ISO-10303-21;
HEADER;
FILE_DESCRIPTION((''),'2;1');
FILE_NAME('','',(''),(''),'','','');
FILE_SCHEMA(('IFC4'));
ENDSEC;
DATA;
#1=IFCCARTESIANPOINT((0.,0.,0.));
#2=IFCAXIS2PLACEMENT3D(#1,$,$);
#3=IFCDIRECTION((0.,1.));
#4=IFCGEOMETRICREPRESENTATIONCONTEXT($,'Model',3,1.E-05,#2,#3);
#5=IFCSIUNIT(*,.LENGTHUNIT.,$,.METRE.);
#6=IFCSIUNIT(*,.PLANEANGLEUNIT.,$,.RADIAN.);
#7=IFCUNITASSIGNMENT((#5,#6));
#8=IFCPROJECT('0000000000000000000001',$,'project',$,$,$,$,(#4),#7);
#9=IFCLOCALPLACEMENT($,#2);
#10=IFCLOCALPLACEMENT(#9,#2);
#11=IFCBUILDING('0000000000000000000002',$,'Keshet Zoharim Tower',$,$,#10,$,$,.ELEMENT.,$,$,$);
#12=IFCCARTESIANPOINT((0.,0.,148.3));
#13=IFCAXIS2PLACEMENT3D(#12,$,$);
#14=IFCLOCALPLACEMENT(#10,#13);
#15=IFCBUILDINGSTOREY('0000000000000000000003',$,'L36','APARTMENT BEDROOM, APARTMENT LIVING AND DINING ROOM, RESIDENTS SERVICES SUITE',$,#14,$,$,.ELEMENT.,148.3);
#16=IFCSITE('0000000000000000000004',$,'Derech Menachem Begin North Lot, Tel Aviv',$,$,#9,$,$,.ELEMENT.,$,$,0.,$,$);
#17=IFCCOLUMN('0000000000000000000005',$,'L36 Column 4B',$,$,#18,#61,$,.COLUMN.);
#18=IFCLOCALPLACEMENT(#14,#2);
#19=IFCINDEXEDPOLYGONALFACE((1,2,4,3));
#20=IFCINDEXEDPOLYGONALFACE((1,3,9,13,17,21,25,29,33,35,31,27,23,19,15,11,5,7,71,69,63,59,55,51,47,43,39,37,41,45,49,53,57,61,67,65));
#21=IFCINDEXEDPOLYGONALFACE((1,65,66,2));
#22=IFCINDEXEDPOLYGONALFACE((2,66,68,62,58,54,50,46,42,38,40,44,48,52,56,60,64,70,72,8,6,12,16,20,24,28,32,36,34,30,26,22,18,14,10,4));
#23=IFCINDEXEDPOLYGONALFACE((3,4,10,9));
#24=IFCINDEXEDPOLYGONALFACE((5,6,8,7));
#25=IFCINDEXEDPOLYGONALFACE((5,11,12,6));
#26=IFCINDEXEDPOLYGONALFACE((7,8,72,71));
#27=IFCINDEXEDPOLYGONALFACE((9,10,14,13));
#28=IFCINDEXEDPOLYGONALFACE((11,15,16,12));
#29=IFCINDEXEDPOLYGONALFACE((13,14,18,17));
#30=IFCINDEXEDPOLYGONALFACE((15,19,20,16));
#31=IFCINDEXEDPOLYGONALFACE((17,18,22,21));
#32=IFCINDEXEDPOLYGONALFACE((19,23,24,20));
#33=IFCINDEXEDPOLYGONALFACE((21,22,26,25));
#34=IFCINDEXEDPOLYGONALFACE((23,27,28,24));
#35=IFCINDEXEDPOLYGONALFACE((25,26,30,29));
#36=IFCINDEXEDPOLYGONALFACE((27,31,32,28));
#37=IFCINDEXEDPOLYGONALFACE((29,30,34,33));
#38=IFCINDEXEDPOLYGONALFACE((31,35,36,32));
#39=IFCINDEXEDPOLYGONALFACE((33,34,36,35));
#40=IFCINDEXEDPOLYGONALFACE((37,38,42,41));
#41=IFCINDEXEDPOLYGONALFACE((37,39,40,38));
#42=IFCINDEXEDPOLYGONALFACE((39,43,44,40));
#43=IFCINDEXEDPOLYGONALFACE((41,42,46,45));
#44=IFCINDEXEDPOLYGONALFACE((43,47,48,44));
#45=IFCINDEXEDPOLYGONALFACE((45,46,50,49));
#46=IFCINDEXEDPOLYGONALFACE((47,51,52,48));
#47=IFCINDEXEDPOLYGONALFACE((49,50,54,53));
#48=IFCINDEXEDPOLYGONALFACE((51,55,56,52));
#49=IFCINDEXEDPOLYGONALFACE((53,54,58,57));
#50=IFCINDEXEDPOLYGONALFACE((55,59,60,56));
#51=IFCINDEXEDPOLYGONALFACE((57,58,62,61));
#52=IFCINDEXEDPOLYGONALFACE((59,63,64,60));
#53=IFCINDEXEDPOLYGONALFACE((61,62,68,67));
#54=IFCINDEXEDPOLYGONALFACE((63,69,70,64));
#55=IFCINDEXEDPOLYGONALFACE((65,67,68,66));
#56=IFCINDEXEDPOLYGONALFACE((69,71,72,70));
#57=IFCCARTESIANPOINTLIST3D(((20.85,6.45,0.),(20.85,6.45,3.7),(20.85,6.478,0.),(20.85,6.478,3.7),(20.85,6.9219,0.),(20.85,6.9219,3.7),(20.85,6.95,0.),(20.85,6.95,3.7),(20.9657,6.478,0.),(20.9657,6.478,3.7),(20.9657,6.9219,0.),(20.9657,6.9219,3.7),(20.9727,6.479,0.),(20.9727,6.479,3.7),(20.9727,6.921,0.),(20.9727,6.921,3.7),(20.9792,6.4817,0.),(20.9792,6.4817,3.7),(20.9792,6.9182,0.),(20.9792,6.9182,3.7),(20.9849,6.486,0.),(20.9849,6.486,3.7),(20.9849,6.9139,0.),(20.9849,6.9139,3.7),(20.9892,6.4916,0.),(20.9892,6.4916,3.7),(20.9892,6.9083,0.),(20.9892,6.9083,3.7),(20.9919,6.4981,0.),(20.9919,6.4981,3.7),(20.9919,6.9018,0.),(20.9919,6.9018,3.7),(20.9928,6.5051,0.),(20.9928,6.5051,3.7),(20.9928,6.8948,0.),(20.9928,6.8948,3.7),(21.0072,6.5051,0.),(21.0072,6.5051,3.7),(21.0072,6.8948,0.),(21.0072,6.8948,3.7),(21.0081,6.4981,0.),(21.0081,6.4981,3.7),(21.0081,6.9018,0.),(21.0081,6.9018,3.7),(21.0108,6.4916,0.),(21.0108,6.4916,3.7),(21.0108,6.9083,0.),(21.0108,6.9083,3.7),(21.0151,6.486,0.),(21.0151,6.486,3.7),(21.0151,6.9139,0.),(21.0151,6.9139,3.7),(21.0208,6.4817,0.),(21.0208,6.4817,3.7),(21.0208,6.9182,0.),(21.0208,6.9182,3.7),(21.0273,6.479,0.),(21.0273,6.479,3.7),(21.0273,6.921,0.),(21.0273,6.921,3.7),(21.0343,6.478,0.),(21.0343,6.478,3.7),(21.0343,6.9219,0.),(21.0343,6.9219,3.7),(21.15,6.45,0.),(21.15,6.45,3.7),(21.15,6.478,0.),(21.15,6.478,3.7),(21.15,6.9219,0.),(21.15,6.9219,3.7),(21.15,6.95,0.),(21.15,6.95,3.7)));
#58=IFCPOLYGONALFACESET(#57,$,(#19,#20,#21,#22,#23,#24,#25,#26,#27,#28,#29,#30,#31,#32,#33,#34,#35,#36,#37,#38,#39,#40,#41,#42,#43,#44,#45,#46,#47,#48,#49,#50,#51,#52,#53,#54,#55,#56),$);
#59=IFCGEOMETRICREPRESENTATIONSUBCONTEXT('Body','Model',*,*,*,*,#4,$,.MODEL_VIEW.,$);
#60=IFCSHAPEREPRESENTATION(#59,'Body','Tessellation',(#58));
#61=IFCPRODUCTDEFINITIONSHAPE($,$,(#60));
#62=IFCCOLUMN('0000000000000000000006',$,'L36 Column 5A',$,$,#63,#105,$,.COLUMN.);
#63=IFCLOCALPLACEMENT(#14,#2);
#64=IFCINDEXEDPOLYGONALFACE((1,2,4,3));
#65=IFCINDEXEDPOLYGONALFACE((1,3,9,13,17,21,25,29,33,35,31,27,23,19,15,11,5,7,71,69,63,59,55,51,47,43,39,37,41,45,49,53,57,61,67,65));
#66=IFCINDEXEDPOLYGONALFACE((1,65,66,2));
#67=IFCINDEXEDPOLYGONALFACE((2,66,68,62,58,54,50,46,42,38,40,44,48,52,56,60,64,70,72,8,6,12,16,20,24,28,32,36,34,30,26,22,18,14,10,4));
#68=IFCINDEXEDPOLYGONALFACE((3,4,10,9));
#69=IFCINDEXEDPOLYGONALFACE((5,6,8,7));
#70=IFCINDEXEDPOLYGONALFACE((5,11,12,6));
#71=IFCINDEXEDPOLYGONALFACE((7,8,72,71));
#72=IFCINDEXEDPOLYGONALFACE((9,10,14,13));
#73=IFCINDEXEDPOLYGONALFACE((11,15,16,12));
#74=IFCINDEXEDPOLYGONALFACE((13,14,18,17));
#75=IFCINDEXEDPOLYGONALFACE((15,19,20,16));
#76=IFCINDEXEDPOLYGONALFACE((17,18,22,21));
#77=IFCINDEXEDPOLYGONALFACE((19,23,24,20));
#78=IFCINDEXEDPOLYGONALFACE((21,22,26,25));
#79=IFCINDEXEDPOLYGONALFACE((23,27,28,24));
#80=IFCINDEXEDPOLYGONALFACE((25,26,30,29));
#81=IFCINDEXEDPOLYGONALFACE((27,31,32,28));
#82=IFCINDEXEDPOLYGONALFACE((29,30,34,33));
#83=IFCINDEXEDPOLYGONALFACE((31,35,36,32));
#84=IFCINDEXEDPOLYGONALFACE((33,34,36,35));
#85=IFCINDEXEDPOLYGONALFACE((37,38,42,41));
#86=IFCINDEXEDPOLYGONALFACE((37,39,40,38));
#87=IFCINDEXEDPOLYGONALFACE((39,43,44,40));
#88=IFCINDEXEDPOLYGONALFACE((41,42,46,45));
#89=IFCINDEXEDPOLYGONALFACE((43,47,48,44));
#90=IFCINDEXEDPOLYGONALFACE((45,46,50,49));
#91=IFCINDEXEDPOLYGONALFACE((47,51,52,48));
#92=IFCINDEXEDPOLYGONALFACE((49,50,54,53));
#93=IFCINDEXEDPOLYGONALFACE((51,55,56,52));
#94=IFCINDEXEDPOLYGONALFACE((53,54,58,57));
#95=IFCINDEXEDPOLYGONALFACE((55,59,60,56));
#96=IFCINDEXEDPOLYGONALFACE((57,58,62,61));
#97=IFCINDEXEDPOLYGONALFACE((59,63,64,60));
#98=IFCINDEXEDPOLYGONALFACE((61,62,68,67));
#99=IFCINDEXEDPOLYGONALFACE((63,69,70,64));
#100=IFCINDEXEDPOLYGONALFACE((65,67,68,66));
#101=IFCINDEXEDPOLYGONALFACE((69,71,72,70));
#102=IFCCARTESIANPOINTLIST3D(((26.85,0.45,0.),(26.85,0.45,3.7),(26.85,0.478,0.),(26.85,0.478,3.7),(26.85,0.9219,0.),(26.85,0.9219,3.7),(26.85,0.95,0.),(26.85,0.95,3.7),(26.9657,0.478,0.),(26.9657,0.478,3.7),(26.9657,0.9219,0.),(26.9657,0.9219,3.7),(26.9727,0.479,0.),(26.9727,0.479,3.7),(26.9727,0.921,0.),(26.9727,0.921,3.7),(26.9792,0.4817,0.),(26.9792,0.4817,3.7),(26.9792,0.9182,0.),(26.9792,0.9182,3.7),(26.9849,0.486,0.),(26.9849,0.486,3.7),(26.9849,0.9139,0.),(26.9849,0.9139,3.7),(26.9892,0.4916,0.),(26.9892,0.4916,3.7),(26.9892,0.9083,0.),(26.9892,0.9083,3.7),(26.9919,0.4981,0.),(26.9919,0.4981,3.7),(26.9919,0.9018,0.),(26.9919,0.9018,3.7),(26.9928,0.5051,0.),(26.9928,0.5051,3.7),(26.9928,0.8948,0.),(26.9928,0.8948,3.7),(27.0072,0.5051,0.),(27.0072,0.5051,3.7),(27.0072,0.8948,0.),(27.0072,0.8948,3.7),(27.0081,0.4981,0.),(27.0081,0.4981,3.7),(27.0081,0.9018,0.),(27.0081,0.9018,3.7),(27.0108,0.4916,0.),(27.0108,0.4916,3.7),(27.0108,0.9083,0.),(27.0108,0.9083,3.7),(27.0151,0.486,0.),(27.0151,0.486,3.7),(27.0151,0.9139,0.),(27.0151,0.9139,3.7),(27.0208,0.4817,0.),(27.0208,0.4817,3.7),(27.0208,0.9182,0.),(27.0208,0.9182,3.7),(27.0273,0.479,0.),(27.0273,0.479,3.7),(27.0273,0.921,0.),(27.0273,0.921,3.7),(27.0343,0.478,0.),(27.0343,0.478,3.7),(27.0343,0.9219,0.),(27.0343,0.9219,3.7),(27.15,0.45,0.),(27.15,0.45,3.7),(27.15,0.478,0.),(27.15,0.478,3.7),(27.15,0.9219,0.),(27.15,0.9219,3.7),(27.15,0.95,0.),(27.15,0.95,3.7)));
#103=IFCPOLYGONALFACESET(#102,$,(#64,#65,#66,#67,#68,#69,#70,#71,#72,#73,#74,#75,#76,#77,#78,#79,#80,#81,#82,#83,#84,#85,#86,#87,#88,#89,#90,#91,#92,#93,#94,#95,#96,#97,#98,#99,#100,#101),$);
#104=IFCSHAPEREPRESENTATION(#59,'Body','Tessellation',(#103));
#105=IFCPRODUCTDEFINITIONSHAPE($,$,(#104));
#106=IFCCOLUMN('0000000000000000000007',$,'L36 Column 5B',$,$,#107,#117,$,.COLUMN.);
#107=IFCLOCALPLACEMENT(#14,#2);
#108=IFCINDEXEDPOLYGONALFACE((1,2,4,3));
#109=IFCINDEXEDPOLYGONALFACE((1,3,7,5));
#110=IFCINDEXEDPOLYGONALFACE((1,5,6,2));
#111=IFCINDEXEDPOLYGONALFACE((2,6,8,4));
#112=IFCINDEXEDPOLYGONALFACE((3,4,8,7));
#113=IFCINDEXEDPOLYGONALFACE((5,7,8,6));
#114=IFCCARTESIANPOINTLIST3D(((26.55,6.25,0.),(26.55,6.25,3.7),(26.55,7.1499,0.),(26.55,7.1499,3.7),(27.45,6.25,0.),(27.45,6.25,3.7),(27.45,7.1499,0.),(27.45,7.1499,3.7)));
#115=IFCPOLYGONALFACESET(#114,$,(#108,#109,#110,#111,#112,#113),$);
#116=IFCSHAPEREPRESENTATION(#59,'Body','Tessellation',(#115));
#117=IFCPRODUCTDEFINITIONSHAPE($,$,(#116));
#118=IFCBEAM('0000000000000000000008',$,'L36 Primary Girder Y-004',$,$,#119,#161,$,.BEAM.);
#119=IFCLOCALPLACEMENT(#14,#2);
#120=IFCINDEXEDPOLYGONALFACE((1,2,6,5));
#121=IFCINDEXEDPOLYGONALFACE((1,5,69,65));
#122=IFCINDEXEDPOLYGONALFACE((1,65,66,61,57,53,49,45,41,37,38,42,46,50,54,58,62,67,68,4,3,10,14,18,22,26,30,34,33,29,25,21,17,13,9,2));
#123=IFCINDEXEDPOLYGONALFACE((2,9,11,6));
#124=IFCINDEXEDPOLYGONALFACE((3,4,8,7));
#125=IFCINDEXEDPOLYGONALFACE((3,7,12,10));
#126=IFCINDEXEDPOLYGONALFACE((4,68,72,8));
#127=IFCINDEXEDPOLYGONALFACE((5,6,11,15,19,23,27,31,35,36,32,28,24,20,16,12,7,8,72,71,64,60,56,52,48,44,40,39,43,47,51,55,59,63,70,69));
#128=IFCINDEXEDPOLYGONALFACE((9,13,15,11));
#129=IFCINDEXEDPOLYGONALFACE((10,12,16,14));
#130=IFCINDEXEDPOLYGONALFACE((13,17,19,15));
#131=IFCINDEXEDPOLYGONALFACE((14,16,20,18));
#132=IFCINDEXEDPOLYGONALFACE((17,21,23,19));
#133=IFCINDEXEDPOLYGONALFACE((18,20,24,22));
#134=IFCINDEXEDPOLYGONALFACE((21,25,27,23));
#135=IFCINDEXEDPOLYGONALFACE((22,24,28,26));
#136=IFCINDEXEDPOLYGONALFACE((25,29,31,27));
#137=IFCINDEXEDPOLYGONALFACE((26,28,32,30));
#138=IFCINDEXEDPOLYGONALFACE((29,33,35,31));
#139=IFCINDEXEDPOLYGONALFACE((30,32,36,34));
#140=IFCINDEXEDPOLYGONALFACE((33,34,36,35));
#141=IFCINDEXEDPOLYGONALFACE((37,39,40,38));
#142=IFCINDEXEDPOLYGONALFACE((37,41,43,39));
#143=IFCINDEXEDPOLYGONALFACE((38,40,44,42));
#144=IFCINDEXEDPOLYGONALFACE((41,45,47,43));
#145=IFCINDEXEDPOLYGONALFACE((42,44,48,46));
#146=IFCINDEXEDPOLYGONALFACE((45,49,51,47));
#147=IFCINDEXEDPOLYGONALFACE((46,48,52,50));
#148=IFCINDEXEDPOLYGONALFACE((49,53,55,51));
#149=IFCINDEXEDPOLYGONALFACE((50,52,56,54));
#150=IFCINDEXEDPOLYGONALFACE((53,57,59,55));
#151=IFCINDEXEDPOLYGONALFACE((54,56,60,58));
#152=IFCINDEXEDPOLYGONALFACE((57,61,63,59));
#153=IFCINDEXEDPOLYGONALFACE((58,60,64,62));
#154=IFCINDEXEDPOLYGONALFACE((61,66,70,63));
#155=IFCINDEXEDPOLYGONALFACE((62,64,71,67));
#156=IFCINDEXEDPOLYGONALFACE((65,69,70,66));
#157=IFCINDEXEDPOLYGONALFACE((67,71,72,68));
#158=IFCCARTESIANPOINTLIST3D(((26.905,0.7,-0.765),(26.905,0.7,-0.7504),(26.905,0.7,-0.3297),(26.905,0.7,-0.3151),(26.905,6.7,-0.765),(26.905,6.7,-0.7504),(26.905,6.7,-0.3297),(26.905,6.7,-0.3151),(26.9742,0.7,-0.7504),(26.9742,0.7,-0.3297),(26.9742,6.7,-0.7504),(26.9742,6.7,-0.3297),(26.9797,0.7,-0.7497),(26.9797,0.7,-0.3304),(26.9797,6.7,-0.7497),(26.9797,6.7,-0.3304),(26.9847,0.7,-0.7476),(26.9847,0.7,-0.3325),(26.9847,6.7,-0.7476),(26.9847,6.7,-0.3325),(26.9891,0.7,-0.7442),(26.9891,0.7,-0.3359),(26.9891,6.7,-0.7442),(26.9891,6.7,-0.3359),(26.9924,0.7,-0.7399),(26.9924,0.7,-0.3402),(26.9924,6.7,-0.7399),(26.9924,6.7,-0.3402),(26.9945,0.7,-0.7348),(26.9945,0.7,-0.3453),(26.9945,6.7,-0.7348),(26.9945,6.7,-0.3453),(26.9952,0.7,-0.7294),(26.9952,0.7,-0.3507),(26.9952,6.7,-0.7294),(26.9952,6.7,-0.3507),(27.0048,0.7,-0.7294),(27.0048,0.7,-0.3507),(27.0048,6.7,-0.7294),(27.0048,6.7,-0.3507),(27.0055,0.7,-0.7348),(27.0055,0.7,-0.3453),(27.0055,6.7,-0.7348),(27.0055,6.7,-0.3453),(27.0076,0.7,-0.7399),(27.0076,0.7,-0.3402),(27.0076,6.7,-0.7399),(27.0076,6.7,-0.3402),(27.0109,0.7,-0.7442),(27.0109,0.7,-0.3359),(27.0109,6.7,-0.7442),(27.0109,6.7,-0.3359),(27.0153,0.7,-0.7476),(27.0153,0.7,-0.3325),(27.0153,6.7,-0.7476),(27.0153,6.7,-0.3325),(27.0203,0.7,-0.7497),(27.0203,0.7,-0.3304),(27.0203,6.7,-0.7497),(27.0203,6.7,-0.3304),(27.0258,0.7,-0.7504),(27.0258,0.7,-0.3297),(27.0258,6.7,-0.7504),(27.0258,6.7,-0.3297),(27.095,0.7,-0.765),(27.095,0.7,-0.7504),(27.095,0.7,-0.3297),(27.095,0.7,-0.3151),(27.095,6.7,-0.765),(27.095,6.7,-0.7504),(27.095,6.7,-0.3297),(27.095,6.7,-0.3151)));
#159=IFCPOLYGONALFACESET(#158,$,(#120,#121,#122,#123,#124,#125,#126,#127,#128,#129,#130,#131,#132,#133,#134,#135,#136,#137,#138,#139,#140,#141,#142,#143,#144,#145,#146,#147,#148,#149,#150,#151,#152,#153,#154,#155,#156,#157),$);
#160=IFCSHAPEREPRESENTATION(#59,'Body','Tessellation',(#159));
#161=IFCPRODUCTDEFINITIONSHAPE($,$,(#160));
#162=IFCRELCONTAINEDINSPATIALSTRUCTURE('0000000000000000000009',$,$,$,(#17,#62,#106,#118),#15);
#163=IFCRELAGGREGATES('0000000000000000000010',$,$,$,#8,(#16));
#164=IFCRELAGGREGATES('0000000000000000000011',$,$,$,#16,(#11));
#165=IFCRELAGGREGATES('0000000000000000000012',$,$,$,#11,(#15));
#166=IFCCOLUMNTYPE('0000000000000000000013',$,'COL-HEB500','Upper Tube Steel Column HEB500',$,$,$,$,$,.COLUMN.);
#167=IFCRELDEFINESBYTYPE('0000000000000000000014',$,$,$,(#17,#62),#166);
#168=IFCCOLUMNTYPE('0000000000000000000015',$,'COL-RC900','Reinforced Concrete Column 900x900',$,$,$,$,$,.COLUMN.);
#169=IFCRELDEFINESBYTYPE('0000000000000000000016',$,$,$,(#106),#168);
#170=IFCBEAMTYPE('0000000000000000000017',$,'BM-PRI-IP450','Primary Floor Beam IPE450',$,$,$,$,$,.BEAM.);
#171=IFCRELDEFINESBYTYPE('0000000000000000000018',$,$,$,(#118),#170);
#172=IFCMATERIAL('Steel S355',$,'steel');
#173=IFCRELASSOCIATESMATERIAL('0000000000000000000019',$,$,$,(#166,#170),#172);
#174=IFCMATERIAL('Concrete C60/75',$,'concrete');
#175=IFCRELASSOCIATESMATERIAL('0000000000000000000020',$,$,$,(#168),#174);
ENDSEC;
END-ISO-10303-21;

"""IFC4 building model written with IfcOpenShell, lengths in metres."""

from ifc_helpers import new_model, si_unit, direction, frame, origin, origin_2d, place, context, subcontext, project, spatial, rectangle, i_section, extrude, material, material_profile, profile_set, type_object, element, save


model = new_model("IFC4")

# Units and contexts
model_context = context("Model", 3, precision=1e-05, world=origin(), true_north=direction((0.0, 1.0)))
body_context = subcontext(model_context, "Body", "Model", "MODEL_VIEW")
ifc_project = project(units=[si_unit("LENGTHUNIT", "METRE"), si_unit("PLANEANGLEUNIT", "RADIAN")], contexts=[model_context])

# Site, building, storey
site_placement = place(None, origin())
site = spatial("IfcSite", under=ifc_project, at=site_placement, Name="Derech Menachem Begin North Lot, Tel Aviv", CompositionType="ELEMENT", RefElevation=0.0)
building_placement = place(site_placement, origin())
building = spatial("IfcBuilding", under=site, at=building_placement, Name="Keshet Zoharim Tower", CompositionType="ELEMENT")
storey_placement = place(building_placement, frame((0.0, 0.0, 148.3)))
storey = spatial("IfcBuildingStorey", under=building, at=storey_placement, Name="L36", Description="APARTMENT BEDROOM, APARTMENT LIVING AND DINING ROOM, RESIDENTS SERVICES SUITE", CompositionType="ELEMENT", Elevation=148.3)

# Columns
ifc_material_1 = material(Name="Steel S355", Category="steel")
ifc_material_profile_1 = material_profile(ifc_material_1, i_section(OverallWidth=0.3, OverallDepth=0.5, WebThickness=0.0144, FlangeThickness=0.0281, FilletRadius=0.0271, at=origin_2d()), Name="HEB500")
ifc_profile_set_1 = profile_set([ifc_material_profile_1], Name="Steel S355")
column_type_1 = type_object("IfcColumnType", Name="COL-HEB500", Description="Upper Tube Steel Column HEB500", PredefinedType="COLUMN", material=ifc_profile_set_1)
for number, where, z_axis, x_axis, name in (
    (1, (21.0, 6.7, 0.0), (0.0, 0.0, 1.0), (1.0, 0.0, 0.0), "L36 Column 4B"),
    (2, (27.0, 0.7, 0.0), (0.0, 0.0, 1.0), (1.0, 0.0, 0.0), "L36 Column 5A"),
):
    element("IfcColumn", number, at=place(storey_placement, frame(where, z_axis=z_axis, x_axis=x_axis)), inside=storey, type_object=column_type_1, Name=name, PredefinedType="COLUMN", context=body_context, shape_type="SweptSolid", body=[
        extrude(i_section(OverallWidth=0.3, OverallDepth=0.5, WebThickness=0.0144, FlangeThickness=0.0281, FilletRadius=0.0271, at=origin_2d()), origin(), (0.0, 0.0, 1.0), 3.7),
    ])
ifc_material_2 = material(Name="Concrete C60/75", Category="concrete")
ifc_material_profile_2 = material_profile(ifc_material_2, rectangle(XDim=0.8999, YDim=0.8999, at=origin_2d()), Name="RC900x900")
ifc_profile_set_2 = profile_set([ifc_material_profile_2], Name="Concrete C60/75")
column_type_2 = type_object("IfcColumnType", Name="COL-RC900", Description="Reinforced Concrete Column 900x900", PredefinedType="COLUMN", material=ifc_profile_set_2)
column_placement = place(storey_placement, frame((27.0, 6.7, 0.0), z_axis=(0.0, 0.0, 1.0), x_axis=(1.0, 0.0, 0.0)))
element("IfcColumn", 3, at=column_placement, inside=storey, type_object=column_type_2, Name="L36 Column 5B", PredefinedType="COLUMN", context=body_context, shape_type="SweptSolid", body=[
    extrude(rectangle(XDim=0.8999, YDim=0.8999, at=origin_2d()), origin(), (0.0, 0.0, 1.0), 3.7),
])

# Beam
ifc_material_profile_3 = material_profile(ifc_material_1, i_section(OverallWidth=0.1899, OverallDepth=0.45, WebThickness=0.0095, FlangeThickness=0.0146, FilletRadius=0.021, at=origin_2d()), Name="IPE450")
ifc_profile_set_3 = profile_set([ifc_material_profile_3], Name="Steel S355")
beam_type_1 = type_object("IfcBeamType", Name="BM-PRI-IP450", Description="Primary Floor Beam IPE450", PredefinedType="BEAM", material=ifc_profile_set_3)
beam_1_placement = place(storey_placement, frame((27.0, 0.7, -0.54), z_axis=(0.0, 1.0, 0.0), x_axis=(-1.0, 0.0, 0.0)))
element("IfcBeam", 4, at=beam_1_placement, inside=storey, type_object=beam_type_1, Name="L36 Primary Girder Y-004", PredefinedType="BEAM", context=body_context, shape_type="SweptSolid", body=[
    extrude(i_section(OverallWidth=0.1899, OverallDepth=0.45, WebThickness=0.0095, FlangeThickness=0.0146, FilletRadius=0.021, at=origin_2d()), origin(), (0.0, 0.0, 1.0), 6.0),
])

save(model, "model.ifc")
